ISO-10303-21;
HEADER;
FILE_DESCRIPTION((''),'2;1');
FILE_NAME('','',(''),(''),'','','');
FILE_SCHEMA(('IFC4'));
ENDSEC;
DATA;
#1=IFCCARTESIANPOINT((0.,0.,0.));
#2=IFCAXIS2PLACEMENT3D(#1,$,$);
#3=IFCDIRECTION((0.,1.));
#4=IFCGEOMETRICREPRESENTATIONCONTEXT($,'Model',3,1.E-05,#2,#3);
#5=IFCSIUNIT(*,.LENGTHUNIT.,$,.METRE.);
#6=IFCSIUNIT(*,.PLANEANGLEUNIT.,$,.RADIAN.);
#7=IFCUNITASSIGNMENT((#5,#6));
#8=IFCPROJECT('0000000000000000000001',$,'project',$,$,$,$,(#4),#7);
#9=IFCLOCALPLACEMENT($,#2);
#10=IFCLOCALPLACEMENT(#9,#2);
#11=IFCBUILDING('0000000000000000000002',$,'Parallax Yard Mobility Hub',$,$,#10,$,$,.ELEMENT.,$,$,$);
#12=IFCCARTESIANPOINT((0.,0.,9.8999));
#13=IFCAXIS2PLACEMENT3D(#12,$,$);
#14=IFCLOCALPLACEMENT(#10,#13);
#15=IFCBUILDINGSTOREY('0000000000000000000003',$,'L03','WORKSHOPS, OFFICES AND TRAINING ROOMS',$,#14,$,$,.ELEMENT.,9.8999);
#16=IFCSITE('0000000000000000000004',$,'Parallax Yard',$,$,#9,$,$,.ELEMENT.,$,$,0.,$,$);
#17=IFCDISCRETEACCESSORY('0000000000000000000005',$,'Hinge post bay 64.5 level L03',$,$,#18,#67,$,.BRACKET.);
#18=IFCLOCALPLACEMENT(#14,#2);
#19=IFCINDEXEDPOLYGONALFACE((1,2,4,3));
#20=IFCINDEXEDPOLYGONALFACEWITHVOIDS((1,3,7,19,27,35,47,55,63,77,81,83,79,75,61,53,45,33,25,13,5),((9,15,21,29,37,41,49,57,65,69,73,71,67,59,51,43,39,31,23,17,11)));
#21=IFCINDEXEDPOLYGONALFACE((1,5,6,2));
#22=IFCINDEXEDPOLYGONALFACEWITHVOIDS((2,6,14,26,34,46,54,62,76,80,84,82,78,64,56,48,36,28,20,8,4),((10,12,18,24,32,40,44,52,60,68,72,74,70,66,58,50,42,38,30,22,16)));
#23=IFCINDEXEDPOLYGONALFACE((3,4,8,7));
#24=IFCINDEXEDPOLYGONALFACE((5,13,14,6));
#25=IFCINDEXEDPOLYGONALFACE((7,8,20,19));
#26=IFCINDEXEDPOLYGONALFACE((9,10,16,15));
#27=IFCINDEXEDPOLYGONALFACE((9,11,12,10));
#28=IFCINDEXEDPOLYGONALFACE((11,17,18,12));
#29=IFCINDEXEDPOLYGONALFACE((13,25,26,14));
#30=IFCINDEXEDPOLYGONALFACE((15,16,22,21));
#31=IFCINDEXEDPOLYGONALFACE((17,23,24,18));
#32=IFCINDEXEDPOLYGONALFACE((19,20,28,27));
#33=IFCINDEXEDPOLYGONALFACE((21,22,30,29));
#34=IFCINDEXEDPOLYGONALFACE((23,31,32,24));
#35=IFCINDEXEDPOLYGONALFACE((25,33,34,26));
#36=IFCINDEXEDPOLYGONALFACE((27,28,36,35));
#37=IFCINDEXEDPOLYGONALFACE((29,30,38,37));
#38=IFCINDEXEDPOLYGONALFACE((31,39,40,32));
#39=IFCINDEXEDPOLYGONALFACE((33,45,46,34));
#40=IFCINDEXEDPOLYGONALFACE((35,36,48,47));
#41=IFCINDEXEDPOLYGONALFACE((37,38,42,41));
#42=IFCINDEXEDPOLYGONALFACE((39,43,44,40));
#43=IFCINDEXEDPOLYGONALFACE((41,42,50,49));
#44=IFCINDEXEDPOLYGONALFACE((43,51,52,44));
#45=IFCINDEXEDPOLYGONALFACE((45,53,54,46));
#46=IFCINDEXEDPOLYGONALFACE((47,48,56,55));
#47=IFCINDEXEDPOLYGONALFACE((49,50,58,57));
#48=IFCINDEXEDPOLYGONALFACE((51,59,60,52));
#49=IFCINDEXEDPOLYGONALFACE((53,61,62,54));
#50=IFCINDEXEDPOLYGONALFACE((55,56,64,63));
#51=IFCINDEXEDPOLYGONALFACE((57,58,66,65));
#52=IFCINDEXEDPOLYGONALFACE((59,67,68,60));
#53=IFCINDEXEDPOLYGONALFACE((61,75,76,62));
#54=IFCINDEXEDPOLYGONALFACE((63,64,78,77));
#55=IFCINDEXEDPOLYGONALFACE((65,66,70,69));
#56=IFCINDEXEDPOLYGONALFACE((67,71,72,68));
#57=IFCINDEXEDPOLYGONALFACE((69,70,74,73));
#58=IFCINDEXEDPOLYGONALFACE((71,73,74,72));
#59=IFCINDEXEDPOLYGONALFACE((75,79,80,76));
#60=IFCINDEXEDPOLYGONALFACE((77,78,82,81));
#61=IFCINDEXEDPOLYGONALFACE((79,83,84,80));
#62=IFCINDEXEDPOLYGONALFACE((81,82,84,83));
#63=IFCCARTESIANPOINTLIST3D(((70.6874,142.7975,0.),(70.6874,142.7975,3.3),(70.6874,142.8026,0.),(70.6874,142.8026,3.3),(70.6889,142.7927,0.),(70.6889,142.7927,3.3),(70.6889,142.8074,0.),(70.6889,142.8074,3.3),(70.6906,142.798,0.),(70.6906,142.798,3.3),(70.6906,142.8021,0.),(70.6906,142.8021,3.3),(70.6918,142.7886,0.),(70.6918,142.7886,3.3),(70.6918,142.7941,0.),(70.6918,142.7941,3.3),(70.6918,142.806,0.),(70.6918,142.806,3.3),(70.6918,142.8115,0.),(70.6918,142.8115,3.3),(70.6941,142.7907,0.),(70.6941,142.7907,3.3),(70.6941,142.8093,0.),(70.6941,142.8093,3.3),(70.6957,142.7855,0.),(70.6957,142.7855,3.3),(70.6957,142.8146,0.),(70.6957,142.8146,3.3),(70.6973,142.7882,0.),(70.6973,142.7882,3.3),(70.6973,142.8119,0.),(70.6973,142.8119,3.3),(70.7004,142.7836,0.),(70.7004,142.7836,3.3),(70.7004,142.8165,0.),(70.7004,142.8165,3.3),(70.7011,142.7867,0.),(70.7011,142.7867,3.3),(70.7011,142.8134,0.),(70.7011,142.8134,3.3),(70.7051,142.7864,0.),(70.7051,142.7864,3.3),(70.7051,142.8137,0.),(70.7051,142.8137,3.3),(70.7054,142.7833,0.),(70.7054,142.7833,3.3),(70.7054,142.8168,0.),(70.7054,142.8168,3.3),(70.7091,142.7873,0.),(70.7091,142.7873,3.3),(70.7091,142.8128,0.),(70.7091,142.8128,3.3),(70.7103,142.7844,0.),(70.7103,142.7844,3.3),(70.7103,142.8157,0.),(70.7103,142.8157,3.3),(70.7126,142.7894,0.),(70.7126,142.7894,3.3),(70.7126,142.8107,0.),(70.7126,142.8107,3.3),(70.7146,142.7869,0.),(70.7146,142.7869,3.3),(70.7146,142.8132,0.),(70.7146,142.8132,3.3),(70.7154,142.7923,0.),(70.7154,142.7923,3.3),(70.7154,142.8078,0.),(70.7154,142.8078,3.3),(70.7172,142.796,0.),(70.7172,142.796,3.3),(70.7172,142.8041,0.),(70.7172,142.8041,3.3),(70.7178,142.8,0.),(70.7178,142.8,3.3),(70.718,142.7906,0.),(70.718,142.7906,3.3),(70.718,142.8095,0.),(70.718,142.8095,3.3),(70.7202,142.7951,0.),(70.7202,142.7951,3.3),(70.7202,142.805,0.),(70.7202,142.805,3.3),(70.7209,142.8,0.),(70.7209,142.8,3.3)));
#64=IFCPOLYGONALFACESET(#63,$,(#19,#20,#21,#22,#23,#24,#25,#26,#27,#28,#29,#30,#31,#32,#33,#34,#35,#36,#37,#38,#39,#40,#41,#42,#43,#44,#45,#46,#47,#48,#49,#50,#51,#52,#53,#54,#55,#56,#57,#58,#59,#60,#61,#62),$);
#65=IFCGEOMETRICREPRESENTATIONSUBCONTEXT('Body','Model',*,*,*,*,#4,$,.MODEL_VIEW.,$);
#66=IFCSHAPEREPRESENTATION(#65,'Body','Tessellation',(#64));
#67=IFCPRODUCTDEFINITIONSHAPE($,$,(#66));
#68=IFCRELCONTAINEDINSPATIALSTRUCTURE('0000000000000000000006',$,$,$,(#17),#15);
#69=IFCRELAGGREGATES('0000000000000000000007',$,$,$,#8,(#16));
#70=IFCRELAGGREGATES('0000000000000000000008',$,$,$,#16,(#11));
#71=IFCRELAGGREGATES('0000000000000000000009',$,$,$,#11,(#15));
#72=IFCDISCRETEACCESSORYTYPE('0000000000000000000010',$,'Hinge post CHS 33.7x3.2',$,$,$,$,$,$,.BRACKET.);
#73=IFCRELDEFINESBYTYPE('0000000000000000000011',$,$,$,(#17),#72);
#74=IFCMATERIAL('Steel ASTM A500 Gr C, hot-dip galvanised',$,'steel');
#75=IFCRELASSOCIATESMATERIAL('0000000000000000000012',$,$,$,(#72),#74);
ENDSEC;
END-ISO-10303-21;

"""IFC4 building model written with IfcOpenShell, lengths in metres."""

from ifc_helpers import new_model, si_unit, direction, frame, origin, origin_2d, place, context, subcontext, project, spatial, hollow_circle, extrude, material, material_profile, profile_set, type_object, element, save


model = new_model("IFC4")

# Units and contexts
model_context = context("Model", 3, precision=1e-05, world=origin(), true_north=direction((0.0, 1.0)))
body_context = subcontext(model_context, "Body", "Model", "MODEL_VIEW")
ifc_project = project(units=[si_unit("LENGTHUNIT", "METRE"), si_unit("PLANEANGLEUNIT", "RADIAN")], contexts=[model_context])

# Site, building, storey
site_placement = place(None, origin())
site = spatial("IfcSite", under=ifc_project, at=site_placement, Name="Parallax Yard", CompositionType="ELEMENT", RefElevation=0.0)
building_placement = place(site_placement, origin())
building = spatial("IfcBuilding", under=site, at=building_placement, Name="Parallax Yard Mobility Hub", CompositionType="ELEMENT")
storey_placement = place(building_placement, frame((0.0, 0.0, 9.8999)))
storey = spatial("IfcBuildingStorey", under=building, at=storey_placement, Name="L03", Description="WORKSHOPS, OFFICES AND TRAINING ROOMS", CompositionType="ELEMENT", Elevation=9.8999)

# Discrete accessory
ifc_material_1 = material(Name="Steel ASTM A500 Gr C, hot-dip galvanised", Category="steel")
ifc_material_profile = material_profile(ifc_material_1, hollow_circle(Radius=0.0168, WallThickness=0.0032, at=origin_2d()), Name="CHS 33.7x3.2")
ifc_profile_set = profile_set([ifc_material_profile], Name="Steel ASTM A500 Gr C, hot-dip galvanised")
discrete_accessory_type_1 = type_object("IfcDiscreteAccessoryType", Name="Hinge post CHS 33.7x3.2", PredefinedType="BRACKET", material=ifc_profile_set)
for number, where, z_axis, x_axis, name in (
    (1, (70.7041, 142.8, 0.0), (0.0, 0.0, 1.0), (1.0, 0.0, 0.0), "Hinge post bay 64.5 level L03"),
):
    element("IfcDiscreteAccessory", number, at=place(storey_placement, frame(where, z_axis=z_axis, x_axis=x_axis)), inside=storey, type_object=discrete_accessory_type_1, Name=name, PredefinedType="BRACKET", context=body_context, shape_type="SweptSolid", body=[
        extrude(hollow_circle(Radius=0.0168, WallThickness=0.0032, at=origin_2d()), origin(), (0.0, 0.0, 1.0), 3.3),
    ])

save(model, "model.ifc")
